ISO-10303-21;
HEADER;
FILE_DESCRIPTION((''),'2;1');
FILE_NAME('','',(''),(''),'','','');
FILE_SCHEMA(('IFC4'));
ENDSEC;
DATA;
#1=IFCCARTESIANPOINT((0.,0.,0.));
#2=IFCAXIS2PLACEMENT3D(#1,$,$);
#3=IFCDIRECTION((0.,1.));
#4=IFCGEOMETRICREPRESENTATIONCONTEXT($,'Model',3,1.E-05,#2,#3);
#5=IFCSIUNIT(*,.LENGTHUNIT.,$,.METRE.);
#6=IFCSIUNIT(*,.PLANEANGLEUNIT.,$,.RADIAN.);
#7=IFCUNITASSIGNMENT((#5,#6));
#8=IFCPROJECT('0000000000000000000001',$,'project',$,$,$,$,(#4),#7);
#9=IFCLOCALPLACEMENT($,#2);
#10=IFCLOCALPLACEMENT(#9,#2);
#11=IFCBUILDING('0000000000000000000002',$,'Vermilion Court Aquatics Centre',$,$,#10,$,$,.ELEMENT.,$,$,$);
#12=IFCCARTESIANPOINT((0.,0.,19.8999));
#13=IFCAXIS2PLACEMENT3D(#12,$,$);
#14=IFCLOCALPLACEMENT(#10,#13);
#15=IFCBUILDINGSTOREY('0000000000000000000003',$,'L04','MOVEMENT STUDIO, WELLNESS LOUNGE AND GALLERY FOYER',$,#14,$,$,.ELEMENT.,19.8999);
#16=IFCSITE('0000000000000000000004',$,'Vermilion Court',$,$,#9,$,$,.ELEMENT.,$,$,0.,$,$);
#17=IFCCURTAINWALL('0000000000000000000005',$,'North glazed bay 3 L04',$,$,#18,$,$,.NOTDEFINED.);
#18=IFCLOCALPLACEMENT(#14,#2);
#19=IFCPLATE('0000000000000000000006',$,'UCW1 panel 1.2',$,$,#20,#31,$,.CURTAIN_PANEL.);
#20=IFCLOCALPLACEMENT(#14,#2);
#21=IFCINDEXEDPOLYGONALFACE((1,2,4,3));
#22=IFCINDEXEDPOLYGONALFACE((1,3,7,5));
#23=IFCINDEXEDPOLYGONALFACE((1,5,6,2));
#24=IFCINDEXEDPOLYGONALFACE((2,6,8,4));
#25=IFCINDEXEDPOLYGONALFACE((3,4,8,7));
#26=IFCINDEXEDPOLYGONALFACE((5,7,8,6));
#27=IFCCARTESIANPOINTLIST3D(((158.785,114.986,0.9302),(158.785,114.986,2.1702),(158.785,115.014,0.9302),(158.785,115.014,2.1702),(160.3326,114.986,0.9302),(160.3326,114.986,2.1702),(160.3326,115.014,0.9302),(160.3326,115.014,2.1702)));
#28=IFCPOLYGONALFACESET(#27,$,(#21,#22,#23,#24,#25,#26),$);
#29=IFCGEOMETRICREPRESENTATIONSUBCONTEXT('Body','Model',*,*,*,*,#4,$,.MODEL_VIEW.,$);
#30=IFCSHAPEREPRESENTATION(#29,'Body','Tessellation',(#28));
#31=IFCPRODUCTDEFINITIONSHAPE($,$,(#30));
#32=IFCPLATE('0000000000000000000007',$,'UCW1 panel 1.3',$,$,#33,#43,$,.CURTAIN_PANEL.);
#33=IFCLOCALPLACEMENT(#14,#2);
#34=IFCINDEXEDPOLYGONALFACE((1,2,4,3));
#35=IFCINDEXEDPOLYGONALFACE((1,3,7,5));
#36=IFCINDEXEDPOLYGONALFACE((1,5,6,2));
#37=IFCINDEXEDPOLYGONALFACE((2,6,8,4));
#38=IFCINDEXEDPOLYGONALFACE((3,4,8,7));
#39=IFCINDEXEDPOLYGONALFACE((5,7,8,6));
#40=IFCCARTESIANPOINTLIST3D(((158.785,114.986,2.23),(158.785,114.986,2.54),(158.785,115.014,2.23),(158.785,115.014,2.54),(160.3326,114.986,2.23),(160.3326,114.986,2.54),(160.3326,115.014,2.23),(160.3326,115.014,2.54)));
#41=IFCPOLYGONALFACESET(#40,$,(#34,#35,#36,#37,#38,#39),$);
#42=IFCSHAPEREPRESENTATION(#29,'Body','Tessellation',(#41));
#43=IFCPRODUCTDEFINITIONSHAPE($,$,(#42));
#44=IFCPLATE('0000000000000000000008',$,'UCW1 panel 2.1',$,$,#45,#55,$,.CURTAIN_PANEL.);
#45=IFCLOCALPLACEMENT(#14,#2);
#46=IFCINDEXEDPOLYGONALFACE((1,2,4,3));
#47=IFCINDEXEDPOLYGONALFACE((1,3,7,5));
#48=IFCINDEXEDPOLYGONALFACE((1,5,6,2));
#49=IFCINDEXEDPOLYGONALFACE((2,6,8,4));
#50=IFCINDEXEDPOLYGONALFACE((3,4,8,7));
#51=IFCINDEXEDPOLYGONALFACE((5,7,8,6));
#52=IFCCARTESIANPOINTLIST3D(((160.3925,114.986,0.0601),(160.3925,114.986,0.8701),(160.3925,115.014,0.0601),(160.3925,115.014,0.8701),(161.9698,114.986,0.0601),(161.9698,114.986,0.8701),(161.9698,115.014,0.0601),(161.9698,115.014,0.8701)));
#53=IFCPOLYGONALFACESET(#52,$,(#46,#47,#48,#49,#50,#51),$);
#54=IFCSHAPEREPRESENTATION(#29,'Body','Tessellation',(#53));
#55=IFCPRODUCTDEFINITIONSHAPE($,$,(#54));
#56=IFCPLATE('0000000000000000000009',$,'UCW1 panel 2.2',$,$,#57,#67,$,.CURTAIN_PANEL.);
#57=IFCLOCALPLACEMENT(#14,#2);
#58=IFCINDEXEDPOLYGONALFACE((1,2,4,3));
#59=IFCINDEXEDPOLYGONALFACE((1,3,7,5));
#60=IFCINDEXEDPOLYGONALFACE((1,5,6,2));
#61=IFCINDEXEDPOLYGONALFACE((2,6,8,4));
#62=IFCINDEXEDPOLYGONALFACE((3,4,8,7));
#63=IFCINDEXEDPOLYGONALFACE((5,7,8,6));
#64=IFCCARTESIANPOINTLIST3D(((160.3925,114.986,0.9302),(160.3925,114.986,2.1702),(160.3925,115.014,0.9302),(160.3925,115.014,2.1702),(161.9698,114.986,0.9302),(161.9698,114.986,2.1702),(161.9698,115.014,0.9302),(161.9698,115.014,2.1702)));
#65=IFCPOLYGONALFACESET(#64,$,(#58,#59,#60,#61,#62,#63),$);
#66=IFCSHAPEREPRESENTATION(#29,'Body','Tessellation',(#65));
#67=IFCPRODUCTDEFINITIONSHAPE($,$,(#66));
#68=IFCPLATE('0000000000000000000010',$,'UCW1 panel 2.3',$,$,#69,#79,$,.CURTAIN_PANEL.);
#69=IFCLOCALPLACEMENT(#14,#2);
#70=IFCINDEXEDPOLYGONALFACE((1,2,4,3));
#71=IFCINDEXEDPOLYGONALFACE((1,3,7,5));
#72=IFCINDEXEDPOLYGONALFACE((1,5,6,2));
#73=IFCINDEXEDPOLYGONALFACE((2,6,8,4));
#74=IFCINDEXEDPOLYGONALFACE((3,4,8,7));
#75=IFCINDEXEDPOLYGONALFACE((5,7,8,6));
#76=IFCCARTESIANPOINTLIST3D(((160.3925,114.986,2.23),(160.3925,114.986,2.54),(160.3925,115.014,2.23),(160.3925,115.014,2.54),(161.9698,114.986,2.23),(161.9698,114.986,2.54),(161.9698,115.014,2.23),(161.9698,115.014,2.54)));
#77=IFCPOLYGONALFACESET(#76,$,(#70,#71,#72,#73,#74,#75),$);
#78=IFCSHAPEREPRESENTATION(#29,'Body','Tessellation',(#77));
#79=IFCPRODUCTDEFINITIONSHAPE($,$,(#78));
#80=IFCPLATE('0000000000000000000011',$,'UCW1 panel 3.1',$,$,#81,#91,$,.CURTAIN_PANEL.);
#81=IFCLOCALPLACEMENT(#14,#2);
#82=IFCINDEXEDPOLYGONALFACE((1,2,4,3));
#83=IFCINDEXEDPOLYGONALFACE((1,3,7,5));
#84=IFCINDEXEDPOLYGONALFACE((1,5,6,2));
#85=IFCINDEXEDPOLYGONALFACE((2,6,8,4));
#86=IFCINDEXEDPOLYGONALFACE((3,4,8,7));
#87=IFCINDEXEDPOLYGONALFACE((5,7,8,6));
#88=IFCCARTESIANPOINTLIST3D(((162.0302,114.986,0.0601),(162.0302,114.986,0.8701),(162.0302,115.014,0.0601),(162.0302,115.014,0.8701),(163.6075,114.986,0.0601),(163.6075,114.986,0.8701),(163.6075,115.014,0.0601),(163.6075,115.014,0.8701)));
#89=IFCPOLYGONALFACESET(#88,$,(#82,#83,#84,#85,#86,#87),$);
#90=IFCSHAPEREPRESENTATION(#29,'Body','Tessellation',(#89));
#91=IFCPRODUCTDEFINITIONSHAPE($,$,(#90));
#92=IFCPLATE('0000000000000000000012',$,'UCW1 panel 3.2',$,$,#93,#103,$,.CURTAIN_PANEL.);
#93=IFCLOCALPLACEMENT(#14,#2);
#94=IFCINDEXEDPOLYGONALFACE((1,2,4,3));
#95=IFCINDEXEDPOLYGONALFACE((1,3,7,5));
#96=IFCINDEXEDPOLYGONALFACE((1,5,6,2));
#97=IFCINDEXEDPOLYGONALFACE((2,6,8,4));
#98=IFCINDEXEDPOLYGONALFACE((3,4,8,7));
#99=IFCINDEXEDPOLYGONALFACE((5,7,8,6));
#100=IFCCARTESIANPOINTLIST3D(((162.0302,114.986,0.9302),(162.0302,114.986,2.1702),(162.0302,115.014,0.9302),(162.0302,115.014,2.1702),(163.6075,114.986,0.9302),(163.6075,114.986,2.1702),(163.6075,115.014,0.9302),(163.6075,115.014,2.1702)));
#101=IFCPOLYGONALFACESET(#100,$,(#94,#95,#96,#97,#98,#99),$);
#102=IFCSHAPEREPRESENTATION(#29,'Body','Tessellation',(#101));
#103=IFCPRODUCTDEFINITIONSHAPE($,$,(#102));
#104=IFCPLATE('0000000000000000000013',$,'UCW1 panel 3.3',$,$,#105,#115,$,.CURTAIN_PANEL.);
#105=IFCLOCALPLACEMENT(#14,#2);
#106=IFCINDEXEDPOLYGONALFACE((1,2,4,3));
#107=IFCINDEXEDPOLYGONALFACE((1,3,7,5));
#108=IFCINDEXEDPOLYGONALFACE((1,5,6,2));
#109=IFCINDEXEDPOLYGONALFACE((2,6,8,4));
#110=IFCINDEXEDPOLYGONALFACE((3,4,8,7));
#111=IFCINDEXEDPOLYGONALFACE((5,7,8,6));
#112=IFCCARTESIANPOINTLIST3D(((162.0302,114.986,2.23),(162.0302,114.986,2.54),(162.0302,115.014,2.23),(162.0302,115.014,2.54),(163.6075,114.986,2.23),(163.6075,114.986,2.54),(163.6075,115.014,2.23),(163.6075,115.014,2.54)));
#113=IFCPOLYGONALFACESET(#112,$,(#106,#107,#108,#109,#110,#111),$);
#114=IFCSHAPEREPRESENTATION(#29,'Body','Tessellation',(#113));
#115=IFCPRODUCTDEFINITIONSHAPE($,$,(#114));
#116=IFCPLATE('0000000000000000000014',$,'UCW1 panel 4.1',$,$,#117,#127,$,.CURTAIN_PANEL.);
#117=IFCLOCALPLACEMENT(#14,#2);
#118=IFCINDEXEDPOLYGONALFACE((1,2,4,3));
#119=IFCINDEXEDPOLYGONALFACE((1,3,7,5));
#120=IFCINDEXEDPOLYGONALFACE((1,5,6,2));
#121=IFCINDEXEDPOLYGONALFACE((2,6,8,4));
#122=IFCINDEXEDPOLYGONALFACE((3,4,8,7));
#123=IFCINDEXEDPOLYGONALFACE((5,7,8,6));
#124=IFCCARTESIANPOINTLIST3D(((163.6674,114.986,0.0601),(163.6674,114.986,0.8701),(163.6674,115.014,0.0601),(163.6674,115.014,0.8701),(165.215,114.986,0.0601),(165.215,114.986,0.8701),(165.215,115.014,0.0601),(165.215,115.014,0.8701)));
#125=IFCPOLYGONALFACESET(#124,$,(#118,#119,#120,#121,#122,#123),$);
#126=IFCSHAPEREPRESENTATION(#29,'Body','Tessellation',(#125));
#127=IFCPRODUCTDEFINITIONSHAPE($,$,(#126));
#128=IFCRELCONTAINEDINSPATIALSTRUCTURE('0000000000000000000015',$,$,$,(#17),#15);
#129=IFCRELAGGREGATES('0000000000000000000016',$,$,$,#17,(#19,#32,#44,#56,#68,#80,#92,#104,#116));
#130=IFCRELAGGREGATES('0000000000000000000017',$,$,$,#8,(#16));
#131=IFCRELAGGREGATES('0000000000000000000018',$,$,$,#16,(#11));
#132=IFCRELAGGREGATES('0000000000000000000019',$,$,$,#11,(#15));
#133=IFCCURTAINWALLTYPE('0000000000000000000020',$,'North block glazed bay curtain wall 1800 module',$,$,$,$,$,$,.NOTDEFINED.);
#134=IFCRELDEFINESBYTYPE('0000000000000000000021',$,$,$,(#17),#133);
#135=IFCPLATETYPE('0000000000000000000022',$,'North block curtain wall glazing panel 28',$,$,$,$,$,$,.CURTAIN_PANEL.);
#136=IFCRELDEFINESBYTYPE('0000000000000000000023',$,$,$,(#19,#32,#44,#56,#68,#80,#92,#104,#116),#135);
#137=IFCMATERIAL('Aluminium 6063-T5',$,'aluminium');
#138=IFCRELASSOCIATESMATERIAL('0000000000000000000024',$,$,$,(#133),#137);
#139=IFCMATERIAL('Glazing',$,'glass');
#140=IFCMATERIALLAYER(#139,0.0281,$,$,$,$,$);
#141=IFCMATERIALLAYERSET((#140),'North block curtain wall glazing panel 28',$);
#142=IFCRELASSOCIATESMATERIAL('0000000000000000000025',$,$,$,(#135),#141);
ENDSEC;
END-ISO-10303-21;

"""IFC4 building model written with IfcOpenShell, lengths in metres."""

from ifc_helpers import new_model, si_unit, direction, frame, origin, origin_2d, place, context, subcontext, project, spatial, rectangle, extrude, material, layer, layer_set, type_object, element, aggregate, save


model = new_model("IFC4")

# Units and contexts
model_context = context("Model", 3, precision=1e-05, world=origin(), true_north=direction((0.0, 1.0)))
body_context = subcontext(model_context, "Body", "Model", "MODEL_VIEW")
ifc_project = project(units=[si_unit("LENGTHUNIT", "METRE"), si_unit("PLANEANGLEUNIT", "RADIAN")], contexts=[model_context])

# Site, building, storey
site_placement = place(None, origin())
site = spatial("IfcSite", under=ifc_project, at=site_placement, Name="Vermilion Court", CompositionType="ELEMENT", RefElevation=0.0)
building_placement = place(site_placement, origin())
building = spatial("IfcBuilding", under=site, at=building_placement, Name="Vermilion Court Aquatics Centre", CompositionType="ELEMENT")
storey_placement = place(building_placement, frame((0.0, 0.0, 19.8999)))
storey = spatial("IfcBuildingStorey", under=building, at=storey_placement, Name="L04", Description="MOVEMENT STUDIO, WELLNESS LOUNGE AND GALLERY FOYER", CompositionType="ELEMENT", Elevation=19.8999)

# Curtain wall, plates
ifc_material_1 = material(Name="Aluminium 6063-T5", Category="aluminium")
curtain_wall_type = type_object("IfcCurtainWallType", Name="North block glazed bay curtain wall 1800 module", PredefinedType="NOTDEFINED", material=ifc_material_1)
curtain_wall_placement = place(storey_placement, origin())
curtain_wall = element("IfcCurtainWall", 1, at=curtain_wall_placement, inside=storey, type_object=curtain_wall_type, Name="North glazed bay 3 L04", PredefinedType="NOTDEFINED")
ifc_material_2 = material(Name="Glazing", Category="glass")
ifc_layer = layer(ifc_material_2, 0.0281)
ifc_layer_set = layer_set([ifc_layer], Name="North block curtain wall glazing panel 28")
plate_type = type_object("IfcPlateType", Name="North block curtain wall glazing panel 28", PredefinedType="CURTAIN_PANEL", material=ifc_layer_set)
plate_1_placement = place(storey_placement, frame((159.5588, 115.0, 0.9302), z_axis=(0.0, 0.0, 1.0), x_axis=(1.0, 0.0, 0.0)))
plate_1 = element("IfcPlate", 2, at=plate_1_placement, type_object=plate_type, Name="UCW1 panel 1.2", PredefinedType="CURTAIN_PANEL", context=body_context, shape_type="SweptSolid", body=[
    extrude(rectangle(XDim=1.5476, YDim=0.0281, at=origin_2d()), origin(), (0.0, 0.0, 1.0), 1.24),
])
plate_2_placement = place(storey_placement, frame((159.5588, 115.0, 2.23), z_axis=(0.0, 0.0, 1.0), x_axis=(1.0, 0.0, 0.0)))
plate_2 = element("IfcPlate", 3, at=plate_2_placement, type_object=plate_type, Name="UCW1 panel 1.3", PredefinedType="CURTAIN_PANEL", context=body_context, shape_type="SweptSolid", body=[
    extrude(rectangle(XDim=1.5476, YDim=0.0281, at=origin_2d()), origin(), (0.0, 0.0, 1.0), 0.3101),
])
plate_3_placement = place(storey_placement, frame((161.1812, 115.0, 0.0601), z_axis=(0.0, 0.0, 1.0), x_axis=(1.0, 0.0, 0.0)))
plate_3 = element("IfcPlate", 4, at=plate_3_placement, type_object=plate_type, Name="UCW1 panel 2.1", PredefinedType="CURTAIN_PANEL", context=body_context, shape_type="SweptSolid", body=[
    extrude(rectangle(XDim=1.5774, YDim=0.0281, at=origin_2d()), origin(), (0.0, 0.0, 1.0), 0.8101),
])
plate_4_placement = place(storey_placement, frame((161.1812, 115.0, 0.9302), z_axis=(0.0, 0.0, 1.0), x_axis=(1.0, 0.0, 0.0)))
plate_4 = element("IfcPlate", 5, at=plate_4_placement, type_object=plate_type, Name="UCW1 panel 2.2", PredefinedType="CURTAIN_PANEL", context=body_context, shape_type="SweptSolid", body=[
    extrude(rectangle(XDim=1.5774, YDim=0.0281, at=origin_2d()), origin(), (0.0, 0.0, 1.0), 1.24),
])
plate_5_placement = place(storey_placement, frame((161.1812, 115.0, 2.23), z_axis=(0.0, 0.0, 1.0), x_axis=(1.0, 0.0, 0.0)))
plate_5 = element("IfcPlate", 6, at=plate_5_placement, type_object=plate_type, Name="UCW1 panel 2.3", PredefinedType="CURTAIN_PANEL", context=body_context, shape_type="SweptSolid", body=[
    extrude(rectangle(XDim=1.5774, YDim=0.0281, at=origin_2d()), origin(), (0.0, 0.0, 1.0), 0.3101),
])
plate_6_placement = place(storey_placement, frame((162.8188, 115.0, 0.0601), z_axis=(0.0, 0.0, 1.0), x_axis=(1.0, 0.0, 0.0)))
plate_6 = element("IfcPlate", 7, at=plate_6_placement, type_object=plate_type, Name="UCW1 panel 3.1", PredefinedType="CURTAIN_PANEL", context=body_context, shape_type="SweptSolid", body=[
    extrude(rectangle(XDim=1.5774, YDim=0.0281, at=origin_2d()), origin(), (0.0, 0.0, 1.0), 0.8101),
])
plate_7_placement = place(storey_placement, frame((162.8188, 115.0, 0.9302), z_axis=(0.0, 0.0, 1.0), x_axis=(1.0, 0.0, 0.0)))
plate_7 = element("IfcPlate", 8, at=plate_7_placement, type_object=plate_type, Name="UCW1 panel 3.2", PredefinedType="CURTAIN_PANEL", context=body_context, shape_type="SweptSolid", body=[
    extrude(rectangle(XDim=1.5774, YDim=0.0281, at=origin_2d()), origin(), (0.0, 0.0, 1.0), 1.24),
])
plate_8_placement = place(storey_placement, frame((162.8188, 115.0, 2.23), z_axis=(0.0, 0.0, 1.0), x_axis=(1.0, 0.0, 0.0)))
plate_8 = element("IfcPlate", 9, at=plate_8_placement, type_object=plate_type, Name="UCW1 panel 3.3", PredefinedType="CURTAIN_PANEL", context=body_context, shape_type="SweptSolid", body=[
    extrude(rectangle(XDim=1.5774, YDim=0.0281, at=origin_2d()), origin(), (0.0, 0.0, 1.0), 0.3101),
])
plate_9_placement = place(storey_placement, frame((164.4412, 115.0, 0.0601), z_axis=(0.0, 0.0, 1.0), x_axis=(1.0, 0.0, 0.0)))
plate_9 = element("IfcPlate", 10, at=plate_9_placement, type_object=plate_type, Name="UCW1 panel 4.1", PredefinedType="CURTAIN_PANEL", context=body_context, shape_type="SweptSolid", body=[
    extrude(rectangle(XDim=1.5476, YDim=0.0281, at=origin_2d()), origin(), (0.0, 0.0, 1.0), 0.8101),
])
aggregate(curtain_wall, [plate_1, plate_2, plate_3, plate_4, plate_5, plate_6, plate_7, plate_8, plate_9])

save(model, "model.ifc")
